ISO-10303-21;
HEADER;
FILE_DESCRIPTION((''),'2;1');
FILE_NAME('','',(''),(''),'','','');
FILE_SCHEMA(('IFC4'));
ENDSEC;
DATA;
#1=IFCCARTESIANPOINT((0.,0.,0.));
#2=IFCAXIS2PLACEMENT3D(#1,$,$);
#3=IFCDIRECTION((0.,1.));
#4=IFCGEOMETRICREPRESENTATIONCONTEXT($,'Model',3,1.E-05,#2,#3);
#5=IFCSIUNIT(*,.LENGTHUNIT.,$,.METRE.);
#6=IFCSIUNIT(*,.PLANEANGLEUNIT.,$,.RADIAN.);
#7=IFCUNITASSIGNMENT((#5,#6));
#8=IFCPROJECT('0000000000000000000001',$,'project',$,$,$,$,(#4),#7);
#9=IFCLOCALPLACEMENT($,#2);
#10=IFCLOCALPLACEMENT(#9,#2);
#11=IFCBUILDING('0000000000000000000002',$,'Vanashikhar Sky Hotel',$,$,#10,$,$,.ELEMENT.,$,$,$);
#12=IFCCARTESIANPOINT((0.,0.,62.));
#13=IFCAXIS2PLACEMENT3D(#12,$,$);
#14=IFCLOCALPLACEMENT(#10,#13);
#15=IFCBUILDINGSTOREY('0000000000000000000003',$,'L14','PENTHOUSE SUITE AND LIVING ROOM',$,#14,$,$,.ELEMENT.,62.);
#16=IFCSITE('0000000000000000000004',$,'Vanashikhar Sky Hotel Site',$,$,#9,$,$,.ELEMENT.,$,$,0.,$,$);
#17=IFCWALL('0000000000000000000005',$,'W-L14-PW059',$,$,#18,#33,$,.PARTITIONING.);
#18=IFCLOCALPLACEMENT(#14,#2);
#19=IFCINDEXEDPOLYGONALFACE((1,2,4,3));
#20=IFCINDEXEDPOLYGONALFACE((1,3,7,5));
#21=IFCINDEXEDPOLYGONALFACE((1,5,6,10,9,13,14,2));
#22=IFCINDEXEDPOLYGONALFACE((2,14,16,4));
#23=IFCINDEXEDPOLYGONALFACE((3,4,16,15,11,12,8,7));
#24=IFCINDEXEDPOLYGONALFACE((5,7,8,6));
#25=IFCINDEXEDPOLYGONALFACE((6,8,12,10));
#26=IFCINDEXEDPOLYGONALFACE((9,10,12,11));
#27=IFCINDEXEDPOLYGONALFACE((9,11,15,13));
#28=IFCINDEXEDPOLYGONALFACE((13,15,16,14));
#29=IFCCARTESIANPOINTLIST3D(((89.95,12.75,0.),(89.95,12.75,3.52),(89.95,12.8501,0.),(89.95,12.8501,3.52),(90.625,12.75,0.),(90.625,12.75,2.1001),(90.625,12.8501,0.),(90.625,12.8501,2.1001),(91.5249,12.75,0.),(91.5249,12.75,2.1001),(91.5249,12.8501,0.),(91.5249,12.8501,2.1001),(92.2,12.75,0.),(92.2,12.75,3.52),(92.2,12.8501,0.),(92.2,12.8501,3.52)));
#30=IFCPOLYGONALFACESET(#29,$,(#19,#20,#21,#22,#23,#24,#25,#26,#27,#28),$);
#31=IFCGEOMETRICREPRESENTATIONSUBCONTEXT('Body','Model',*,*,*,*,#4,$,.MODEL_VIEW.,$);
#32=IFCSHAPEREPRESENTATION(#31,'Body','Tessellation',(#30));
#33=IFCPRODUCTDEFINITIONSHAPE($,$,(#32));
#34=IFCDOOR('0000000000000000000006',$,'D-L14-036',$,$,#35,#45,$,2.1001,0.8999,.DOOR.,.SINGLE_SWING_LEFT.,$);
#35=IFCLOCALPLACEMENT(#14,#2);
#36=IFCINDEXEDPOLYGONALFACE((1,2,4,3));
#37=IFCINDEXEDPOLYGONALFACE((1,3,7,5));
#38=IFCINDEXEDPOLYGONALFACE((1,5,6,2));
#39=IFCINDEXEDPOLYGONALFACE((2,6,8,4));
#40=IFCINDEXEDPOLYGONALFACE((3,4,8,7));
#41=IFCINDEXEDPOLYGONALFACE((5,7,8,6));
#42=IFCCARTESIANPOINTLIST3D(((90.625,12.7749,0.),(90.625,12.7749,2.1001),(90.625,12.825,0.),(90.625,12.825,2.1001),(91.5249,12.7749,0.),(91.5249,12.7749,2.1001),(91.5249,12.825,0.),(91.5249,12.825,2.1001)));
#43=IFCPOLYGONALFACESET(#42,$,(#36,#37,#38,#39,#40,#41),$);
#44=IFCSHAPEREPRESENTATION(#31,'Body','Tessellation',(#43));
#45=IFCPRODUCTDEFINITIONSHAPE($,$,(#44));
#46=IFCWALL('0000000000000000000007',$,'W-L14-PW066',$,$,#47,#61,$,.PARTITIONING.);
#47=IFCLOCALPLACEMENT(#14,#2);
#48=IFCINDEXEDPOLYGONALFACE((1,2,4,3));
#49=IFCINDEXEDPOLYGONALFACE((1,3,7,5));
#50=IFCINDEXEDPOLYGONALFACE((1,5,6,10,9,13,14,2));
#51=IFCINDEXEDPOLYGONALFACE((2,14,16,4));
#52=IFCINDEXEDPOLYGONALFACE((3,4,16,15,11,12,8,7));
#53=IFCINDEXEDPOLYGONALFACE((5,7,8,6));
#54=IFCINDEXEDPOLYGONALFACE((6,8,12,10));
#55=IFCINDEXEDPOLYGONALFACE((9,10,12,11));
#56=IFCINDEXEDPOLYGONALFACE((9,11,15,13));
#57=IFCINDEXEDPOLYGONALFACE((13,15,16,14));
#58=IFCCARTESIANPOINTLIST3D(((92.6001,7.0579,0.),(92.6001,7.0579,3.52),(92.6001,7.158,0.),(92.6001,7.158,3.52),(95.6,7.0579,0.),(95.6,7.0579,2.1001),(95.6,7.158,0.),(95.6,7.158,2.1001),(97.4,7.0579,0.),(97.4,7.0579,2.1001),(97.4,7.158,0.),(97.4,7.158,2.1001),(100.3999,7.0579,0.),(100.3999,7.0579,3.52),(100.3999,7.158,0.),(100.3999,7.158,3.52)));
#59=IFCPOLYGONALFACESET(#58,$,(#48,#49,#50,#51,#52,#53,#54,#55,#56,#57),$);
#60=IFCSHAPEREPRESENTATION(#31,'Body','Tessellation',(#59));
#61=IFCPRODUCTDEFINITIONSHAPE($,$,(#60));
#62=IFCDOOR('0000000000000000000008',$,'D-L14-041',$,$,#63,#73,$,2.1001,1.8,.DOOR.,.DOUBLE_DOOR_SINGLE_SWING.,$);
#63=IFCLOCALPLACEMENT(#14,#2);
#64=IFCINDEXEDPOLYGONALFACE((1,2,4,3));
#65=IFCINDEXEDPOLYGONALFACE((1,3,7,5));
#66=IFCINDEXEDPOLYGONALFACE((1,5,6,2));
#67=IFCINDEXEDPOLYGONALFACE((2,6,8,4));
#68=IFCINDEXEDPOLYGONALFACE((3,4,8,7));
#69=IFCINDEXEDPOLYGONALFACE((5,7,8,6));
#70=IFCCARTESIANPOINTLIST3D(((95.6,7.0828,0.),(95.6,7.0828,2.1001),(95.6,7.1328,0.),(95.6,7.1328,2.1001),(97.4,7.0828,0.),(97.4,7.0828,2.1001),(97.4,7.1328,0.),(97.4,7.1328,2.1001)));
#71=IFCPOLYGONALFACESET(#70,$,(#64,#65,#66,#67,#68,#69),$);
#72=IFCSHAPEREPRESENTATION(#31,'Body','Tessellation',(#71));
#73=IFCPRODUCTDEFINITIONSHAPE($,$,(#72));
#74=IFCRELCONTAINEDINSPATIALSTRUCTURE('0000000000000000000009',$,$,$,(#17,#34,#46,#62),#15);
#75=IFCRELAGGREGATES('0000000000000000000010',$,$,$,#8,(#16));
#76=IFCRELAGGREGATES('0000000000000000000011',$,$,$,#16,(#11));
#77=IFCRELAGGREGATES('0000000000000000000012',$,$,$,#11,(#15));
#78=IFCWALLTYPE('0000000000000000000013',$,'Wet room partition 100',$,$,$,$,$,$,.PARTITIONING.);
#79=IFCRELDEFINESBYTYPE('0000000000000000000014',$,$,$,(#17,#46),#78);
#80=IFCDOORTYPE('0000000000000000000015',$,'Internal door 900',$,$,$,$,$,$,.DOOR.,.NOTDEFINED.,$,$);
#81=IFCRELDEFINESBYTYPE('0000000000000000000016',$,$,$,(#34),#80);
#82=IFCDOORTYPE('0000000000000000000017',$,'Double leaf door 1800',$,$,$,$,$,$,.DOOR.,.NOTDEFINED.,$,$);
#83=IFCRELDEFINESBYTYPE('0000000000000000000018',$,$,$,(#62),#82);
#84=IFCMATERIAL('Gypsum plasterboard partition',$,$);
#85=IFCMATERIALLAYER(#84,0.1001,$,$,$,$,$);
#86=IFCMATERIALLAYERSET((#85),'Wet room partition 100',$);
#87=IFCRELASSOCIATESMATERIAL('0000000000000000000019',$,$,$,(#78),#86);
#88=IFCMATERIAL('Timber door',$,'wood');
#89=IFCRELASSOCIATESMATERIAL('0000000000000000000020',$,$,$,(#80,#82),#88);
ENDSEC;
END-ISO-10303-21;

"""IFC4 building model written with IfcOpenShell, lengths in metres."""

from ifc_helpers import new_model, si_unit, direction, frame, frame_2d, origin, place, context, subcontext, project, spatial, rectangle, extrude, source, transform, mapped, material, layer, layer_set, type_object, element, fill, save


model = new_model("IFC4")

# Units and contexts
model_context = context("Model", 3, precision=1e-05, world=origin(), true_north=direction((0.0, 1.0)))
body_context = subcontext(model_context, "Body", "Model", "MODEL_VIEW")
ifc_project = project(units=[si_unit("LENGTHUNIT", "METRE"), si_unit("PLANEANGLEUNIT", "RADIAN")], contexts=[model_context])

# Site, building, storey
site_placement = place(None, origin())
site = spatial("IfcSite", under=ifc_project, at=site_placement, Name="Vanashikhar Sky Hotel Site", CompositionType="ELEMENT", RefElevation=0.0)
building_placement = place(site_placement, origin())
building = spatial("IfcBuilding", under=site, at=building_placement, Name="Vanashikhar Sky Hotel", CompositionType="ELEMENT")
storey_placement = place(building_placement, frame((0.0, 0.0, 62.0)))
storey = spatial("IfcBuildingStorey", under=building, at=storey_placement, Name="L14", Description="PENTHOUSE SUITE AND LIVING ROOM", CompositionType="ELEMENT", Elevation=62.0)

# Shared definitions
ifc_material_1 = material(Name="Gypsum plasterboard partition")
ifc_layer_1 = layer(ifc_material_1, 0.1001)
ifc_layer_set_1 = layer_set([ifc_layer_1], Name="Wet room partition 100")
wall_type_1 = type_object("IfcWallType", Name="Wet room partition 100", PredefinedType="PARTITIONING", material=ifc_layer_set_1)
shared_shape_1 = source(origin(), body_context, "Body", "SweptSolid", [
    extrude(rectangle(XDim=0.8999, YDim=2.1001, at=frame_2d((0.45, 1.05))), frame((0.0, 0.0601, 0.0), z_axis=(0.0, -1.0, 0.0), x_axis=(1.0, 0.0, 0.0)), (0.0, 0.0, 1.0), 0.1201),
])
ifc_material_2 = material(Name="Timber door", Category="wood")
door_type_1 = type_object("IfcDoorType", Name="Internal door 900", OperationType="NOTDEFINED", PredefinedType="DOOR", material=ifc_material_2)
shared_shape_2 = source(origin(), body_context, "Body", "SweptSolid", [
    extrude(rectangle(XDim=0.8999, YDim=2.1001, at=frame_2d((0.45, 1.05))), frame((0.0, 0.0249, 0.0), z_axis=(0.0, -1.0, 0.0), x_axis=(1.0, 0.0, 0.0)), (0.0, 0.0, 1.0), 0.05),
])

# Walls, openings, doors
shared_shape_3 = source(origin(), body_context, "Body", "SweptSolid", [
    extrude(rectangle(XDim=2.25, YDim=0.1001, at=frame_2d((1.125, 0.0))), origin(), (0.0, 0.0, 1.0), 3.52),
])
wall_1_placement = place(storey_placement, frame((89.95, 12.8, 0.0), z_axis=(0.0, 0.0, 1.0), x_axis=(1.0, 0.0, 0.0)))
wall_1 = element("IfcWall", 1, at=wall_1_placement, inside=storey, type_object=wall_type_1, Name="W-L14-PW059", PredefinedType="PARTITIONING", context=body_context, shape_type="MappedRepresentation", body=[
    mapped(shared_shape_3, transform((0.0, 0.0, 0.0), scale=1.0)),
])
opening_1_placement = place(wall_1_placement, frame((0.675, 0.0, 0.0)))
opening_1 = element("IfcOpeningElement", 2, at=opening_1_placement, cuts=wall_1, PredefinedType="OPENING", context=body_context, shape_type="MappedRepresentation", body=[
    mapped(shared_shape_1, transform((0.0, 0.0, 0.0), scale=1.0)),
])
door_1_placement = place(opening_1_placement, origin())
door_1 = element("IfcDoor", 3, at=door_1_placement, inside=storey, type_object=door_type_1, Name="D-L14-036", OperationType="SINGLE_SWING_LEFT", OverallHeight=2.1001, OverallWidth=0.8999, PredefinedType="DOOR", context=body_context, shape_type="MappedRepresentation", body=[
    mapped(shared_shape_2, transform((0.0, 0.0, 0.0), scale=1.0)),
])
fill(opening_1, door_1)
shared_shape_4 = source(origin(), body_context, "Body", "SweptSolid", [
    extrude(rectangle(XDim=7.7998, YDim=0.1001, at=frame_2d((3.8999, 0.0))), origin(), (0.0, 0.0, 1.0), 3.52),
])
wall_2_placement = place(storey_placement, frame((92.6001, 7.1079, 0.0), z_axis=(0.0, 0.0, 1.0), x_axis=(1.0, 0.0, 0.0)))
wall_2 = element("IfcWall", 4, at=wall_2_placement, inside=storey, type_object=wall_type_1, Name="W-L14-PW066", PredefinedType="PARTITIONING", context=body_context, shape_type="MappedRepresentation", body=[
    mapped(shared_shape_4, transform((0.0, 0.0, 0.0), scale=1.0)),
])
shared_shape_5 = source(origin(), body_context, "Body", "SweptSolid", [
    extrude(rectangle(XDim=1.8, YDim=2.1001, at=frame_2d((0.8999, 1.05))), frame((0.0, 0.0601, 0.0), z_axis=(0.0, -1.0, 0.0), x_axis=(1.0, 0.0, 0.0)), (0.0, 0.0, 1.0), 0.1201),
])
opening_2_placement = place(wall_2_placement, frame((3.0, 0.0, 0.0)))
opening_2 = element("IfcOpeningElement", 5, at=opening_2_placement, cuts=wall_2, PredefinedType="OPENING", context=body_context, shape_type="MappedRepresentation", body=[
    mapped(shared_shape_5, transform((0.0, 0.0, 0.0), scale=1.0)),
])
door_type_2 = type_object("IfcDoorType", Name="Double leaf door 1800", OperationType="NOTDEFINED", PredefinedType="DOOR", material=ifc_material_2)
shared_shape_6 = source(origin(), body_context, "Body", "SweptSolid", [
    extrude(rectangle(XDim=1.8, YDim=2.1001, at=frame_2d((0.8999, 1.05))), frame((0.0, 0.0249, 0.0), z_axis=(0.0, -1.0, 0.0), x_axis=(1.0, 0.0, 0.0)), (0.0, 0.0, 1.0), 0.05),
])
door_2_placement = place(opening_2_placement, origin())
door_2 = element("IfcDoor", 6, at=door_2_placement, inside=storey, type_object=door_type_2, Name="D-L14-041", OperationType="DOUBLE_DOOR_SINGLE_SWING", OverallHeight=2.1001, OverallWidth=1.8, PredefinedType="DOOR", context=body_context, shape_type="MappedRepresentation", body=[
    mapped(shared_shape_6, transform((0.0, 0.0, 0.0), scale=1.0)),
])
fill(opening_2, door_2)

save(model, "model.ifc")
